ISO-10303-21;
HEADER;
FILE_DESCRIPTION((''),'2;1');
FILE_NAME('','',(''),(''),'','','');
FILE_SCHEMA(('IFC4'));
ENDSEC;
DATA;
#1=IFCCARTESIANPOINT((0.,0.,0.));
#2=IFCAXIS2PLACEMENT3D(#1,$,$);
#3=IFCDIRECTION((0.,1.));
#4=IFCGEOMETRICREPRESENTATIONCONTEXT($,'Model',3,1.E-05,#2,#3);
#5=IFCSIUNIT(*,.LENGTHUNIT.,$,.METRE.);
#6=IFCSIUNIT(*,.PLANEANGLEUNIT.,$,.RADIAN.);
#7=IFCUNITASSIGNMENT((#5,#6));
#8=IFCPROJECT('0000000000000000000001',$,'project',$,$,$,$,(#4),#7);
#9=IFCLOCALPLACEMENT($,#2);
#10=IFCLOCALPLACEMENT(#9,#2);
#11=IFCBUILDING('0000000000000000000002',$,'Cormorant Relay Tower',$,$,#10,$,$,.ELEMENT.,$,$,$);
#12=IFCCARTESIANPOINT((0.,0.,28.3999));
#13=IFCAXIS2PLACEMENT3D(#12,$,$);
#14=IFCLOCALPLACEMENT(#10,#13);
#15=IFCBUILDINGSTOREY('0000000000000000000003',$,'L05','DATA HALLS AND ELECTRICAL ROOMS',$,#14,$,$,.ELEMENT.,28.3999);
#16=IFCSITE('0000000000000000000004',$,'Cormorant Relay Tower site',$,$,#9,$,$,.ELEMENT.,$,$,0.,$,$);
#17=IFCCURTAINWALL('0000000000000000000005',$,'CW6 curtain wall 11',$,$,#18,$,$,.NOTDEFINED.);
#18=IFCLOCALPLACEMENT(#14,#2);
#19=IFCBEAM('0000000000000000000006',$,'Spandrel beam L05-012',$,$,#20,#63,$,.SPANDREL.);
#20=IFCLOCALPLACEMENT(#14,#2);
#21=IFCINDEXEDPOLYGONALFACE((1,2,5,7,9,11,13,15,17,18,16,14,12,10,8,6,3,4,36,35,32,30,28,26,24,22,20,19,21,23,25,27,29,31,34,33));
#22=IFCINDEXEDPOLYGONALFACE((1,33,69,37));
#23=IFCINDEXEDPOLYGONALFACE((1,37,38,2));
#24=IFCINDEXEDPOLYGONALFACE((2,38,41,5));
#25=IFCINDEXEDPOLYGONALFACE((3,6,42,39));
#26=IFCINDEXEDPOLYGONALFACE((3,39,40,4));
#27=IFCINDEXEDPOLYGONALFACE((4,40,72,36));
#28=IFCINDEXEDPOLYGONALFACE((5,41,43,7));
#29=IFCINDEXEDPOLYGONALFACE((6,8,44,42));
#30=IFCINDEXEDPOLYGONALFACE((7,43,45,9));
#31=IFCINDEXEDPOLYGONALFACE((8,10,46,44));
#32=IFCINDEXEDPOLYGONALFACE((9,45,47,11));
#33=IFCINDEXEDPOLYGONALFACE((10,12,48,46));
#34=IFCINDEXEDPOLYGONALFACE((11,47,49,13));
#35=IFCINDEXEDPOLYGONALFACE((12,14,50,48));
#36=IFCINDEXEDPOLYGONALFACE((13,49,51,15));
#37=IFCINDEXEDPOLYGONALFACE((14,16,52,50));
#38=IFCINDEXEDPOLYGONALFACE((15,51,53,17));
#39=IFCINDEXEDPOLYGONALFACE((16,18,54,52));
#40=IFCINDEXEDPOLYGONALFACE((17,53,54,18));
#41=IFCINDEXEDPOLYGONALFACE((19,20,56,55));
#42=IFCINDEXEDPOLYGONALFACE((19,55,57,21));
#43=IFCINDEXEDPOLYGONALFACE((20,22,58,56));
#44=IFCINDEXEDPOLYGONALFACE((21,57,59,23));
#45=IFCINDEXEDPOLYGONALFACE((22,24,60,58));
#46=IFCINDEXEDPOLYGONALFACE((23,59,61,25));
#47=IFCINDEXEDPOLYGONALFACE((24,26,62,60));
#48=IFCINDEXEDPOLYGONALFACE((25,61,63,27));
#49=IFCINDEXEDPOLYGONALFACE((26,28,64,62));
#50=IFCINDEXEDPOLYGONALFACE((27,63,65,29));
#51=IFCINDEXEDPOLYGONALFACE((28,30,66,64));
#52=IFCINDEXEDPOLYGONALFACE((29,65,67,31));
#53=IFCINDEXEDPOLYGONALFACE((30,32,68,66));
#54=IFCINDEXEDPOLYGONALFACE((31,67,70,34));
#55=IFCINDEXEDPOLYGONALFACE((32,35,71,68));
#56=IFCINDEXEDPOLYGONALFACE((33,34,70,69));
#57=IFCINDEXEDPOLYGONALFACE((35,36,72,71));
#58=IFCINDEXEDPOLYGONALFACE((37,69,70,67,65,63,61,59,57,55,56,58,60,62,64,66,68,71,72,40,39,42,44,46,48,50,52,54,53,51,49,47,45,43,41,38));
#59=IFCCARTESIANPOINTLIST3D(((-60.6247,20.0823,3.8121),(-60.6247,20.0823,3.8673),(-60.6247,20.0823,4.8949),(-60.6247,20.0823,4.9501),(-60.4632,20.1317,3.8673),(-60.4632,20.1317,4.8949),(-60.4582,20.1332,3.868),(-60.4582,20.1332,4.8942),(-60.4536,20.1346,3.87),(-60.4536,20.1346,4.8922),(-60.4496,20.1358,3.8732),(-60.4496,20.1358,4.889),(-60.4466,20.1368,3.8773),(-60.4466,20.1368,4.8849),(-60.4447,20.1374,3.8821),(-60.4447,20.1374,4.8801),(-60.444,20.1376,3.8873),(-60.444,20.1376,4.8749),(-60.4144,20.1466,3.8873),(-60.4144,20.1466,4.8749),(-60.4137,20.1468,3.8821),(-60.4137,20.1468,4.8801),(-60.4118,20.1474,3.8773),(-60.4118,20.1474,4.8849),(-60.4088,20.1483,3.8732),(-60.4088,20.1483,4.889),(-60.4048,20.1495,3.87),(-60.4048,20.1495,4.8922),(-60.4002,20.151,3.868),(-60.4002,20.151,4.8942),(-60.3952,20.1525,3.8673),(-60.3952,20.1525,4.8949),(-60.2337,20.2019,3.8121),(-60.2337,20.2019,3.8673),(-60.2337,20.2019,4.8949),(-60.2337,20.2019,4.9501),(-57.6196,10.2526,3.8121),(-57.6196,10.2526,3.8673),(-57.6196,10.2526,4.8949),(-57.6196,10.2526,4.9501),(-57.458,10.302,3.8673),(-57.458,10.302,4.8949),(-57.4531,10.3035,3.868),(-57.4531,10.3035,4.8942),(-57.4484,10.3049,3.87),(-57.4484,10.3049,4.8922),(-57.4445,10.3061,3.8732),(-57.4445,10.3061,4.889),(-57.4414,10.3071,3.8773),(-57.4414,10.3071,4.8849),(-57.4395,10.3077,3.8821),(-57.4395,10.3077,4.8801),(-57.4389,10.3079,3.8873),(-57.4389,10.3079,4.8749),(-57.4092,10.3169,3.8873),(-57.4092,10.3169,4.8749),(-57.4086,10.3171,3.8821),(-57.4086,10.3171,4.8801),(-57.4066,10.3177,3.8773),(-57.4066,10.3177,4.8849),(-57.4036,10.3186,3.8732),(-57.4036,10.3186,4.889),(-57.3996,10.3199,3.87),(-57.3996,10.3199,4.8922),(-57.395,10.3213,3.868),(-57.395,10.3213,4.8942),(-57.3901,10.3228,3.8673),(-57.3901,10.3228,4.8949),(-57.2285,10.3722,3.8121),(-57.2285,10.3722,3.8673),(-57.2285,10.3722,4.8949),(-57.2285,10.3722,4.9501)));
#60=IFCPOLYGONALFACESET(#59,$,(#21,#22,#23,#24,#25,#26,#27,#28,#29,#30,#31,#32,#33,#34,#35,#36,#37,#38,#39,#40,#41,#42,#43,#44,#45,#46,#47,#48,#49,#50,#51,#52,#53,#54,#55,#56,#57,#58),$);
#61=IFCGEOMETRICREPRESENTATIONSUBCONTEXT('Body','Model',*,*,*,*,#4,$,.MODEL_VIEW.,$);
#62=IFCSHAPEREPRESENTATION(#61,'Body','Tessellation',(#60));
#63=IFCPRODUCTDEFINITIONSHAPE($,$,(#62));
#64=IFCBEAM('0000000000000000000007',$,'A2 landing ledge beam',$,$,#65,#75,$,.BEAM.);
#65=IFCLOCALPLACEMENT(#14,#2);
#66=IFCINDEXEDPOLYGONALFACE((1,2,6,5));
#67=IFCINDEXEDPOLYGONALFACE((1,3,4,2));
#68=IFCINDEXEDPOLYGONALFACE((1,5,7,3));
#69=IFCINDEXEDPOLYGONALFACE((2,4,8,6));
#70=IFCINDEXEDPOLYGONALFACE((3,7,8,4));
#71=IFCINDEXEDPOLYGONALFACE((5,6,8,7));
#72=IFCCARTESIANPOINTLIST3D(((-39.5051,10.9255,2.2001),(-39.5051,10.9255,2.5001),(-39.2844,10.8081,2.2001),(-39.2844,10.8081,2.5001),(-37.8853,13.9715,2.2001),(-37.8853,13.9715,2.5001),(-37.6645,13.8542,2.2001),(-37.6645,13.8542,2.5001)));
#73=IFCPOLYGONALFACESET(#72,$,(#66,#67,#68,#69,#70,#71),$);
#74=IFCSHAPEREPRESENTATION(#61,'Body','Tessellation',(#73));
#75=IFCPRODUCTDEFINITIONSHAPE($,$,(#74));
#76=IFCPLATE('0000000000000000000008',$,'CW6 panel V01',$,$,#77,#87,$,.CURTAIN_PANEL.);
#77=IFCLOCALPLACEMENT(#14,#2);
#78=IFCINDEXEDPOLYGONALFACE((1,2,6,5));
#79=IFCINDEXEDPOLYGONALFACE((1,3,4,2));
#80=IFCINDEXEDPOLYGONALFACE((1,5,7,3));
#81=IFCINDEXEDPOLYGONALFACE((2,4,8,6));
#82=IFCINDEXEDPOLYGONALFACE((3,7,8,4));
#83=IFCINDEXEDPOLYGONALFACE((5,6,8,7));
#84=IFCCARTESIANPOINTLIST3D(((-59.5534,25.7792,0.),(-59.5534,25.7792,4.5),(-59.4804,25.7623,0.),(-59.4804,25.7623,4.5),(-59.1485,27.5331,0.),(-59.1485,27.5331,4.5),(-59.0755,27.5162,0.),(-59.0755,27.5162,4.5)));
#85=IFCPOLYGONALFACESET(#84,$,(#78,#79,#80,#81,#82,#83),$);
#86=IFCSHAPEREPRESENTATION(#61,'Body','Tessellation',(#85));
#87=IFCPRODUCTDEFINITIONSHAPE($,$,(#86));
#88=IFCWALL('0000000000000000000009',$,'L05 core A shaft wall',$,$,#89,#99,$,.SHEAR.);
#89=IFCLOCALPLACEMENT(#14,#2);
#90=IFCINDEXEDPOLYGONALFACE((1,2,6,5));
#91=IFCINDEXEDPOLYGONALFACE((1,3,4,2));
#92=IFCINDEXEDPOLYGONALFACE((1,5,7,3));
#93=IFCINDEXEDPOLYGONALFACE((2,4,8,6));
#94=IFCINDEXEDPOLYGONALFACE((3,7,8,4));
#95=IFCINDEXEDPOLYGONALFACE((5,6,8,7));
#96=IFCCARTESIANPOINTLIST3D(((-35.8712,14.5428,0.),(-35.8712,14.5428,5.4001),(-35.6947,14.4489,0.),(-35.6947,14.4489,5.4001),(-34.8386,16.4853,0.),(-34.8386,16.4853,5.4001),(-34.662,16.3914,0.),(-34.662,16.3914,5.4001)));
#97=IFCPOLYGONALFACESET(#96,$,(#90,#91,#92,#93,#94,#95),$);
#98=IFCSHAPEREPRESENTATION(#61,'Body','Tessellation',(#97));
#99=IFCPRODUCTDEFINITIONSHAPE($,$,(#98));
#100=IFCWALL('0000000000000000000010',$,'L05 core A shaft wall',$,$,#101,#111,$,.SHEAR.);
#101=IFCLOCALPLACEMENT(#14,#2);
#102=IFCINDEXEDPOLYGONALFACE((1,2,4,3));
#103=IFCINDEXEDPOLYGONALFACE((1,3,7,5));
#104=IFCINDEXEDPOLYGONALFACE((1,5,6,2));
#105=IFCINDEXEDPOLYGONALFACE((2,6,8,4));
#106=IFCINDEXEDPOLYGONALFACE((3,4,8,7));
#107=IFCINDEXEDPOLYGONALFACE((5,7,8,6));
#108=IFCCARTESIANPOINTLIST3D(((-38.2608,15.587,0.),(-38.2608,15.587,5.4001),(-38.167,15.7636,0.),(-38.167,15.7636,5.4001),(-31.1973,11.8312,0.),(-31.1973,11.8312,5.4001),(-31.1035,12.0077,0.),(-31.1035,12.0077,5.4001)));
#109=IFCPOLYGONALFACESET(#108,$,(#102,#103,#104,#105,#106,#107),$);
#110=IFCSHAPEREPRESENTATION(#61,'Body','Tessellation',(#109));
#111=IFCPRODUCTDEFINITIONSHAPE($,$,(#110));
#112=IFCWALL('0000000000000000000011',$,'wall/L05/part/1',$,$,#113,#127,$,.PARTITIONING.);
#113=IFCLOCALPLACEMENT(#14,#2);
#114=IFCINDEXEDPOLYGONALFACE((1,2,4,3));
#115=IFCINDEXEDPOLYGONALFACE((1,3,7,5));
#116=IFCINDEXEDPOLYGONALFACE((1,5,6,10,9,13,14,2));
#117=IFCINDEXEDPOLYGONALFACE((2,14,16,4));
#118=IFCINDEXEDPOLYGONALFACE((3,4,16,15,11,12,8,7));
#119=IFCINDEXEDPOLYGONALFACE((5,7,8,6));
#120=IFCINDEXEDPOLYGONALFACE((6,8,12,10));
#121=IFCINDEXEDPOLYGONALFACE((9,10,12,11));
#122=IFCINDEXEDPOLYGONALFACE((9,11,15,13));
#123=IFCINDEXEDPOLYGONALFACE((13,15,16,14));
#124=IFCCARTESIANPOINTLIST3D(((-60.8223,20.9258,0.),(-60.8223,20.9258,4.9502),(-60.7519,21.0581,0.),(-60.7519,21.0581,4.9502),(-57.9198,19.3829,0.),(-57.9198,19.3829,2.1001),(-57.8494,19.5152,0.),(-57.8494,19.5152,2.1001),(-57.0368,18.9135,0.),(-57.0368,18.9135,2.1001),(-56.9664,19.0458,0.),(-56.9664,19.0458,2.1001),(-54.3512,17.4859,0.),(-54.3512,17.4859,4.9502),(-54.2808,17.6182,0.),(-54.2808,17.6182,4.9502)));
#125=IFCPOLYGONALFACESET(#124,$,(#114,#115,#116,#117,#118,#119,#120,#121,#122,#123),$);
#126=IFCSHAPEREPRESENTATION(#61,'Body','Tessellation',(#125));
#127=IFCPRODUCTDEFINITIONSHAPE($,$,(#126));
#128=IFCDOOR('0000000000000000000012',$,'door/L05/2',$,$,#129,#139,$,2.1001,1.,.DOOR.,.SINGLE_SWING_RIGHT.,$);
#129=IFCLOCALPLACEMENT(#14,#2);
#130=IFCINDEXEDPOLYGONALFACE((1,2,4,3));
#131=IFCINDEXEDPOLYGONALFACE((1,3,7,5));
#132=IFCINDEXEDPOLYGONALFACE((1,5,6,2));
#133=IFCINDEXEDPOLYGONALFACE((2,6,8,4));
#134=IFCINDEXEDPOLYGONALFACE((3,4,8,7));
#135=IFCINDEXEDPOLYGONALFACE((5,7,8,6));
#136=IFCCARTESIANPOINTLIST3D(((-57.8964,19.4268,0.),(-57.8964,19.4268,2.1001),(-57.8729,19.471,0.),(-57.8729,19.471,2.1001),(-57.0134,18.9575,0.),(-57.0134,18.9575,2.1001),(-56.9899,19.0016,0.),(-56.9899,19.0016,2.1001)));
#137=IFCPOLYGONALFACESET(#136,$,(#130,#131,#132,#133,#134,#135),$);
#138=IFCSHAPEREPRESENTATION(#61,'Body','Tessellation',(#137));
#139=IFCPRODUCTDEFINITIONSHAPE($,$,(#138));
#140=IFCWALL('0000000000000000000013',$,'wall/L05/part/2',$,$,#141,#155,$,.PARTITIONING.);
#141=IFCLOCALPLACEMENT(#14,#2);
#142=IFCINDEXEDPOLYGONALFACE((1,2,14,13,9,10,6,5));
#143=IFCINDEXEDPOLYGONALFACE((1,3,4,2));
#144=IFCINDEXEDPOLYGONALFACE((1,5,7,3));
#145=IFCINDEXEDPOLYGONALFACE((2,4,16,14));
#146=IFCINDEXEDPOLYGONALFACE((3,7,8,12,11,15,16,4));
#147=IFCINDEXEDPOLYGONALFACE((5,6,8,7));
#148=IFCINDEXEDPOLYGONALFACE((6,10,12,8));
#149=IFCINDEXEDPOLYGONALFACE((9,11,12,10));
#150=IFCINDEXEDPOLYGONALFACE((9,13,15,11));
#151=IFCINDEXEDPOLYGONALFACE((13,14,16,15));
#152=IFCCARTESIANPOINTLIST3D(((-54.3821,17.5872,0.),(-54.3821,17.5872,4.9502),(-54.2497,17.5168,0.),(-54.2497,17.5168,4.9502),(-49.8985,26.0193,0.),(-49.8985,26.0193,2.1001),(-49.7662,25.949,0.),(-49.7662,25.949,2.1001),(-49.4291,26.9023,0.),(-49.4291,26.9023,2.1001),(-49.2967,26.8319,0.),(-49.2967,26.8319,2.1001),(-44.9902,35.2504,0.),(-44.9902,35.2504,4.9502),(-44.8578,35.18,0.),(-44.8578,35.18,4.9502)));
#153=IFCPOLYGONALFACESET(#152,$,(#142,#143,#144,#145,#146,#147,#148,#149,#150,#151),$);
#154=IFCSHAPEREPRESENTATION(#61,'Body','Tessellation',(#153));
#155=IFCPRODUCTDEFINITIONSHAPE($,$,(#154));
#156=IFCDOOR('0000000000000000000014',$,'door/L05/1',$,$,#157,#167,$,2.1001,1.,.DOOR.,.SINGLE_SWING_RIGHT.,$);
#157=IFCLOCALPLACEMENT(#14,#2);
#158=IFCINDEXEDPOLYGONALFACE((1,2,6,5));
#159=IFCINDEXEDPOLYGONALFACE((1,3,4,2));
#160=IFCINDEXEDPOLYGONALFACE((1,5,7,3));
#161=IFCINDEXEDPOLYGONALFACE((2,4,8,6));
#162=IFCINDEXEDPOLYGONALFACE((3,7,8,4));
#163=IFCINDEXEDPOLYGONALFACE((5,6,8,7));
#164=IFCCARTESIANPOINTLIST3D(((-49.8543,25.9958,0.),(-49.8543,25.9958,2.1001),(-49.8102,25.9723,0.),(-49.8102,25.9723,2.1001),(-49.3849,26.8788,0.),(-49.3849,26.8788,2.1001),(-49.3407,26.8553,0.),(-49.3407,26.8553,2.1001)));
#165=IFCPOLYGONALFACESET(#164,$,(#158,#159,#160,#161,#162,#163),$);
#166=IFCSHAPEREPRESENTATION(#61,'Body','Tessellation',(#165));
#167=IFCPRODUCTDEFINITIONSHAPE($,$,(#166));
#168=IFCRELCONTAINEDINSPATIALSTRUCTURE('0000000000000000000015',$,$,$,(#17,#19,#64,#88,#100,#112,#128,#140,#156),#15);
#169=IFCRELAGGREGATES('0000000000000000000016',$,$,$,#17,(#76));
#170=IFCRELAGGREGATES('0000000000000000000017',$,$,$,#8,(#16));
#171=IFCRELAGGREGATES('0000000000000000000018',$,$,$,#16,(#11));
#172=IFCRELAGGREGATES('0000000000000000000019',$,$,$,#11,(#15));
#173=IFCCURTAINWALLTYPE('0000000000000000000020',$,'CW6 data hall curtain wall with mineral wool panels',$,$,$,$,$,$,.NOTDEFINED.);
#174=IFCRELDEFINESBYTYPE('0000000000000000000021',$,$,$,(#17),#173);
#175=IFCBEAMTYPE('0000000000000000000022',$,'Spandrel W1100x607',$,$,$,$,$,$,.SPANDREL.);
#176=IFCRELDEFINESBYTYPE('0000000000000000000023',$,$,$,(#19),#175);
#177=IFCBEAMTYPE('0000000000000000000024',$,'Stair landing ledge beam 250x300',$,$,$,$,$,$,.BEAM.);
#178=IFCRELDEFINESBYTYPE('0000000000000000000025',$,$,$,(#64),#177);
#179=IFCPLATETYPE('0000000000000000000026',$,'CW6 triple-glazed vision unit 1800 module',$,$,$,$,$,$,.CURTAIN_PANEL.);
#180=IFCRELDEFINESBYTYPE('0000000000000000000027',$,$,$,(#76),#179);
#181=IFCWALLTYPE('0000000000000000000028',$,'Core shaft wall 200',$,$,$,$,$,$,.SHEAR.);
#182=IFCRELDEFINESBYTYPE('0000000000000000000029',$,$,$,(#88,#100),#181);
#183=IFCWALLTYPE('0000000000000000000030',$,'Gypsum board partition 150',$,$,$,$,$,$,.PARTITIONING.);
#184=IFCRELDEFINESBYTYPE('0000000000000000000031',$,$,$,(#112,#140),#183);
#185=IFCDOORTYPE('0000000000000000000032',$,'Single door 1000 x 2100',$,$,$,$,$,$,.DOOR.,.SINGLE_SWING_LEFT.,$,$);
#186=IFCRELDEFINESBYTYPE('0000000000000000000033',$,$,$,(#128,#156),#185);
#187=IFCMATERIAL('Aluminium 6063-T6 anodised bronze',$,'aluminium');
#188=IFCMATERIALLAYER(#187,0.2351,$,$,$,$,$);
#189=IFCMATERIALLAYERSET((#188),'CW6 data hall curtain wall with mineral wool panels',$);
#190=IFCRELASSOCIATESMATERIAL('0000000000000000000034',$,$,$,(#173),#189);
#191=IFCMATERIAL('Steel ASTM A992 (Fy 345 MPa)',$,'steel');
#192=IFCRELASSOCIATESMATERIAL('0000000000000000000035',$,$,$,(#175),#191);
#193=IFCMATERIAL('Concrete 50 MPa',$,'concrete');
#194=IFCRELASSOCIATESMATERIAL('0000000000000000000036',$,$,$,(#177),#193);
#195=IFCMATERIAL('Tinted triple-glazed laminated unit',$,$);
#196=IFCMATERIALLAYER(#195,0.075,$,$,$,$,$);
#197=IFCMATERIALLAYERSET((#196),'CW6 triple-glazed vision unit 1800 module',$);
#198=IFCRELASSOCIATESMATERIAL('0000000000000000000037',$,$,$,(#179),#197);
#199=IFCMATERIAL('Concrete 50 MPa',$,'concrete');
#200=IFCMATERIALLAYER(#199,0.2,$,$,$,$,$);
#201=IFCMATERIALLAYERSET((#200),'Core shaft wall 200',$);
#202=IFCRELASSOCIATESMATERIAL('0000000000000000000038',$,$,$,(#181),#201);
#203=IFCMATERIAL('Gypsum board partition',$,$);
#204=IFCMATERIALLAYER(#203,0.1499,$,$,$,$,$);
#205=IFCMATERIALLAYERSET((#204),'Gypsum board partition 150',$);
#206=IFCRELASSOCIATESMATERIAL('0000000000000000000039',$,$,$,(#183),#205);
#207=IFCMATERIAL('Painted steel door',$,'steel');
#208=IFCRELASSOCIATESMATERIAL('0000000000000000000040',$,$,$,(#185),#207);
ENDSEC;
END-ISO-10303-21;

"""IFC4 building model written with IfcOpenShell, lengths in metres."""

from ifc_helpers import new_model, si_unit, direction, frame, frame_2d, origin, origin_2d, place, context, subcontext, project, spatial, rectangle, i_section, extrude, material, layer, layer_set, material_profile, profile_set, type_object, element, fill, aggregate, save


model = new_model("IFC4")

# Units and contexts
model_context = context("Model", 3, precision=1e-05, world=origin(), true_north=direction((0.0, 1.0)))
body_context = subcontext(model_context, "Body", "Model", "MODEL_VIEW")
ifc_project = project(units=[si_unit("LENGTHUNIT", "METRE"), si_unit("PLANEANGLEUNIT", "RADIAN")], contexts=[model_context])

# Site, building, storey
site_placement = place(None, origin())
site = spatial("IfcSite", under=ifc_project, at=site_placement, Name="Cormorant Relay Tower site", CompositionType="ELEMENT", RefElevation=0.0)
building_placement = place(site_placement, origin())
building = spatial("IfcBuilding", under=site, at=building_placement, Name="Cormorant Relay Tower", CompositionType="ELEMENT")
storey_placement = place(building_placement, frame((0.0, 0.0, 28.3999)))
storey = spatial("IfcBuildingStorey", under=building, at=storey_placement, Name="L05", Description="DATA HALLS AND ELECTRICAL ROOMS", CompositionType="ELEMENT", Elevation=28.3999)

# Curtain wall
ifc_material_1 = material(Name="Aluminium 6063-T6 anodised bronze", Category="aluminium")
ifc_layer_1 = layer(ifc_material_1, 0.2351)
ifc_layer_set_1 = layer_set([ifc_layer_1], Name="CW6 data hall curtain wall with mineral wool panels")
curtain_wall_type = type_object("IfcCurtainWallType", Name="CW6 data hall curtain wall with mineral wool panels", PredefinedType="NOTDEFINED", material=ifc_layer_set_1)
curtain_wall_1_placement = place(storey_placement, origin())
curtain_wall_1 = element("IfcCurtainWall", 1, at=curtain_wall_1_placement, inside=storey, type_object=curtain_wall_type, Name="CW6 curtain wall 11", PredefinedType="NOTDEFINED")

# Beams
ifc_material_2 = material(Name="Steel ASTM A992 (Fy 345 MPa)", Category="steel")
ifc_material_profile_1 = material_profile(ifc_material_2, i_section(OverallWidth=0.4089, OverallDepth=1.1379, WebThickness=0.031, FlangeThickness=0.0552, FilletRadius=0.02, at=origin_2d()), Name="W1100x607")
ifc_profile_set_1 = profile_set([ifc_material_profile_1], Name="Steel ASTM A992 (Fy 345 MPa)")
beam_type_1 = type_object("IfcBeamType", Name="Spandrel W1100x607", PredefinedType="SPANDREL", material=ifc_profile_set_1)
beam_1_placement = place(storey_placement, frame((-60.4292, 20.1421, 4.3811), z_axis=(0.292365, -0.956307, 0.0), x_axis=(0.956307, 0.292365, 0.0)))
element("IfcBeam", 2, at=beam_1_placement, inside=storey, type_object=beam_type_1, Name="Spandrel beam L05-012", PredefinedType="SPANDREL", context=body_context, shape_type="SweptSolid", body=[
    extrude(i_section(OverallWidth=0.4089, OverallDepth=1.1379, WebThickness=0.031, FlangeThickness=0.0552, FilletRadius=0.02, at=origin_2d()), origin(), (0.0, 0.0, 1.0), 10.2788),
])
ifc_material_3 = material(Name="Concrete 50 MPa", Category="concrete")
ifc_material_profile_2 = material_profile(ifc_material_3, rectangle(XDim=0.25, YDim=0.3, at=origin_2d()), Name="RC 250x300")
ifc_profile_set_2 = profile_set([ifc_material_profile_2], Name="Concrete 50 MPa")
beam_type_2 = type_object("IfcBeamType", Name="Stair landing ledge beam 250x300", PredefinedType="BEAM", material=ifc_profile_set_2)
beam_2_placement = place(storey_placement, frame((-37.7749, 13.9128, 2.3501), z_axis=(-0.469519, -0.882922, 0.0), x_axis=(0.882922, -0.469519, 0.0)))
element("IfcBeam", 3, at=beam_2_placement, inside=storey, type_object=beam_type_2, Name="A2 landing ledge beam", PredefinedType="BEAM", context=body_context, shape_type="SweptSolid", body=[
    extrude(rectangle(XDim=0.25, YDim=0.3, at=origin_2d()), origin(), (0.0, 0.0, 1.0), 3.45),
])

# Plate
ifc_material_4 = material(Name="Tinted triple-glazed laminated unit")
ifc_layer_2 = layer(ifc_material_4, 0.075)
ifc_layer_set_2 = layer_set([ifc_layer_2], Name="CW6 triple-glazed vision unit 1800 module")
plate_type = type_object("IfcPlateType", Name="CW6 triple-glazed vision unit 1800 module", PredefinedType="CURTAIN_PANEL", material=ifc_layer_set_2)
plate_placement = place(storey_placement, frame((-59.3145, 26.6477, 0.0), z_axis=(0.0, 0.0, 1.0), x_axis=(-0.224951, -0.97437, 0.0)))
plate = element("IfcPlate", 4, at=plate_placement, type_object=plate_type, Name="CW6 panel V01", PredefinedType="CURTAIN_PANEL", context=body_context, shape_type="SweptSolid", body=[
    extrude(rectangle(XDim=1.8, YDim=0.075, at=origin_2d()), origin(), (0.0, 0.0, 1.0), 4.5),
])

# Walls
ifc_material_5 = material(Name="Concrete 50 MPa", Category="concrete")
ifc_layer_3 = layer(ifc_material_5, 0.2)
ifc_layer_set_3 = layer_set([ifc_layer_3], Name="Core shaft wall 200")
wall_type_1 = type_object("IfcWallType", Name="Core shaft wall 200", PredefinedType="SHEAR", material=ifc_layer_set_3)
wall_1_placement = place(storey_placement, frame((-34.7502, 16.4385, 0.0), z_axis=(0.0, 0.0, 1.0), x_axis=(-0.469401, -0.882985, 0.0)))
element("IfcWall", 5, at=wall_1_placement, inside=storey, type_object=wall_type_1, Name="L05 core A shaft wall", PredefinedType="SHEAR", context=body_context, shape_type="SweptSolid", body=[
    extrude(rectangle(XDim=2.2, YDim=0.2, at=frame_2d((1.1001, 0.0))), origin(), (0.0, 0.0, 1.0), 5.4001),
])
wall_2_placement = place(storey_placement, frame((-31.1504, 11.9194, 0.0), z_axis=(0.0, 0.0, 1.0), x_axis=(-0.88294, 0.469485, 0.0)))
element("IfcWall", 6, at=wall_2_placement, inside=storey, type_object=wall_type_1, Name="L05 core A shaft wall", PredefinedType="SHEAR", context=body_context, shape_type="SweptSolid", body=[
    extrude(rectangle(XDim=8.0, YDim=0.2, at=frame_2d((4.0, 0.0))), origin(), (0.0, 0.0, 1.0), 5.4001),
])

# Walls, openings, doors
ifc_material_6 = material(Name="Gypsum board partition")
ifc_layer_4 = layer(ifc_material_6, 0.1499)
ifc_layer_set_4 = layer_set([ifc_layer_4], Name="Gypsum board partition 150")
wall_type_2 = type_object("IfcWallType", Name="Gypsum board partition 150", PredefinedType="PARTITIONING", material=ifc_layer_set_4)
wall_3_placement = place(storey_placement, frame((-60.7871, 20.9919, 0.0), z_axis=(0.0, 0.0, 1.0), x_axis=(0.882996, -0.469381, 0.0)))
wall_3 = element("IfcWall", 7, at=wall_3_placement, inside=storey, type_object=wall_type_2, Name="wall/L05/part/1", PredefinedType="PARTITIONING", context=body_context, shape_type="SweptSolid", body=[
    extrude(rectangle(XDim=7.3286, YDim=0.1499, at=frame_2d((3.6643, 0.0))), origin(), (0.0, 0.0, 1.0), 4.9502),
])
opening_1_placement = place(wall_3_placement, frame((3.2871, 0.0, 0.0)))
opening_1 = element("IfcOpeningElement", 8, at=opening_1_placement, cuts=wall_3, PredefinedType="OPENING", context=body_context, shape_type="SweptSolid", body=[
    extrude(rectangle(XDim=1.0, YDim=2.1001, at=frame_2d((0.5, 1.05))), frame((0.0, 0.085, 0.0), z_axis=(0.0, -1.0, 0.0), x_axis=(1.0, 0.0, 0.0)), (0.0, 0.0, 1.0), 0.1699),
])
ifc_material_7 = material(Name="Painted steel door", Category="steel")
door_type = type_object("IfcDoorType", Name="Single door 1000 x 2100", OperationType="SINGLE_SWING_LEFT", PredefinedType="DOOR", material=ifc_material_7)
door_1_placement = place(opening_1_placement, origin())
door_1 = element("IfcDoor", 9, at=door_1_placement, inside=storey, type_object=door_type, Name="door/L05/2", OperationType="SINGLE_SWING_RIGHT", OverallHeight=2.1001, OverallWidth=1.0, PredefinedType="DOOR", context=body_context, shape_type="SweptSolid", body=[
    extrude(rectangle(XDim=1.0, YDim=2.1001, at=frame_2d((0.5, 1.05))), frame((0.0, 0.0249, 0.0), z_axis=(0.0, -1.0, 0.0), x_axis=(1.0, 0.0, 0.0)), (0.0, 0.0, 1.0), 0.05),
])
fill(opening_1, door_1)
wall_4_placement = place(storey_placement, frame((-54.3159, 17.552, 0.0), z_axis=(0.0, 0.0, 1.0), x_axis=(0.46948, 0.882943, 0.0)))
wall_4 = element("IfcWall", 10, at=wall_4_placement, inside=storey, type_object=wall_type_2, Name="wall/L05/part/2", PredefinedType="PARTITIONING", context=body_context, shape_type="SweptSolid", body=[
    extrude(rectangle(XDim=20.0049, YDim=0.1499, at=frame_2d((10.0024, 0.0))), origin(), (0.0, 0.0, 1.0), 4.9502),
])
opening_2_placement = place(wall_4_placement, frame((9.55, 0.0, 0.0)))
opening_2 = element("IfcOpeningElement", 11, at=opening_2_placement, cuts=wall_4, PredefinedType="OPENING", context=body_context, shape_type="SweptSolid", body=[
    extrude(rectangle(XDim=1.0, YDim=2.1001, at=frame_2d((0.5, 1.05))), frame((0.0, 0.085, 0.0), z_axis=(0.0, -1.0, 0.0), x_axis=(1.0, 0.0, 0.0)), (0.0, 0.0, 1.0), 0.1699),
])
door_2_placement = place(opening_2_placement, origin())
door_2 = element("IfcDoor", 12, at=door_2_placement, inside=storey, type_object=door_type, Name="door/L05/1", OperationType="SINGLE_SWING_RIGHT", OverallHeight=2.1001, OverallWidth=1.0, PredefinedType="DOOR", context=body_context, shape_type="SweptSolid", body=[
    extrude(rectangle(XDim=1.0, YDim=2.1001, at=frame_2d((0.5, 1.05))), frame((0.0, 0.0249, 0.0), z_axis=(0.0, -1.0, 0.0), x_axis=(1.0, 0.0, 0.0)), (0.0, 0.0, 1.0), 0.05),
])
fill(opening_2, door_2)

aggregate(curtain_wall_1, [plate])

save(model, "model.ifc")
